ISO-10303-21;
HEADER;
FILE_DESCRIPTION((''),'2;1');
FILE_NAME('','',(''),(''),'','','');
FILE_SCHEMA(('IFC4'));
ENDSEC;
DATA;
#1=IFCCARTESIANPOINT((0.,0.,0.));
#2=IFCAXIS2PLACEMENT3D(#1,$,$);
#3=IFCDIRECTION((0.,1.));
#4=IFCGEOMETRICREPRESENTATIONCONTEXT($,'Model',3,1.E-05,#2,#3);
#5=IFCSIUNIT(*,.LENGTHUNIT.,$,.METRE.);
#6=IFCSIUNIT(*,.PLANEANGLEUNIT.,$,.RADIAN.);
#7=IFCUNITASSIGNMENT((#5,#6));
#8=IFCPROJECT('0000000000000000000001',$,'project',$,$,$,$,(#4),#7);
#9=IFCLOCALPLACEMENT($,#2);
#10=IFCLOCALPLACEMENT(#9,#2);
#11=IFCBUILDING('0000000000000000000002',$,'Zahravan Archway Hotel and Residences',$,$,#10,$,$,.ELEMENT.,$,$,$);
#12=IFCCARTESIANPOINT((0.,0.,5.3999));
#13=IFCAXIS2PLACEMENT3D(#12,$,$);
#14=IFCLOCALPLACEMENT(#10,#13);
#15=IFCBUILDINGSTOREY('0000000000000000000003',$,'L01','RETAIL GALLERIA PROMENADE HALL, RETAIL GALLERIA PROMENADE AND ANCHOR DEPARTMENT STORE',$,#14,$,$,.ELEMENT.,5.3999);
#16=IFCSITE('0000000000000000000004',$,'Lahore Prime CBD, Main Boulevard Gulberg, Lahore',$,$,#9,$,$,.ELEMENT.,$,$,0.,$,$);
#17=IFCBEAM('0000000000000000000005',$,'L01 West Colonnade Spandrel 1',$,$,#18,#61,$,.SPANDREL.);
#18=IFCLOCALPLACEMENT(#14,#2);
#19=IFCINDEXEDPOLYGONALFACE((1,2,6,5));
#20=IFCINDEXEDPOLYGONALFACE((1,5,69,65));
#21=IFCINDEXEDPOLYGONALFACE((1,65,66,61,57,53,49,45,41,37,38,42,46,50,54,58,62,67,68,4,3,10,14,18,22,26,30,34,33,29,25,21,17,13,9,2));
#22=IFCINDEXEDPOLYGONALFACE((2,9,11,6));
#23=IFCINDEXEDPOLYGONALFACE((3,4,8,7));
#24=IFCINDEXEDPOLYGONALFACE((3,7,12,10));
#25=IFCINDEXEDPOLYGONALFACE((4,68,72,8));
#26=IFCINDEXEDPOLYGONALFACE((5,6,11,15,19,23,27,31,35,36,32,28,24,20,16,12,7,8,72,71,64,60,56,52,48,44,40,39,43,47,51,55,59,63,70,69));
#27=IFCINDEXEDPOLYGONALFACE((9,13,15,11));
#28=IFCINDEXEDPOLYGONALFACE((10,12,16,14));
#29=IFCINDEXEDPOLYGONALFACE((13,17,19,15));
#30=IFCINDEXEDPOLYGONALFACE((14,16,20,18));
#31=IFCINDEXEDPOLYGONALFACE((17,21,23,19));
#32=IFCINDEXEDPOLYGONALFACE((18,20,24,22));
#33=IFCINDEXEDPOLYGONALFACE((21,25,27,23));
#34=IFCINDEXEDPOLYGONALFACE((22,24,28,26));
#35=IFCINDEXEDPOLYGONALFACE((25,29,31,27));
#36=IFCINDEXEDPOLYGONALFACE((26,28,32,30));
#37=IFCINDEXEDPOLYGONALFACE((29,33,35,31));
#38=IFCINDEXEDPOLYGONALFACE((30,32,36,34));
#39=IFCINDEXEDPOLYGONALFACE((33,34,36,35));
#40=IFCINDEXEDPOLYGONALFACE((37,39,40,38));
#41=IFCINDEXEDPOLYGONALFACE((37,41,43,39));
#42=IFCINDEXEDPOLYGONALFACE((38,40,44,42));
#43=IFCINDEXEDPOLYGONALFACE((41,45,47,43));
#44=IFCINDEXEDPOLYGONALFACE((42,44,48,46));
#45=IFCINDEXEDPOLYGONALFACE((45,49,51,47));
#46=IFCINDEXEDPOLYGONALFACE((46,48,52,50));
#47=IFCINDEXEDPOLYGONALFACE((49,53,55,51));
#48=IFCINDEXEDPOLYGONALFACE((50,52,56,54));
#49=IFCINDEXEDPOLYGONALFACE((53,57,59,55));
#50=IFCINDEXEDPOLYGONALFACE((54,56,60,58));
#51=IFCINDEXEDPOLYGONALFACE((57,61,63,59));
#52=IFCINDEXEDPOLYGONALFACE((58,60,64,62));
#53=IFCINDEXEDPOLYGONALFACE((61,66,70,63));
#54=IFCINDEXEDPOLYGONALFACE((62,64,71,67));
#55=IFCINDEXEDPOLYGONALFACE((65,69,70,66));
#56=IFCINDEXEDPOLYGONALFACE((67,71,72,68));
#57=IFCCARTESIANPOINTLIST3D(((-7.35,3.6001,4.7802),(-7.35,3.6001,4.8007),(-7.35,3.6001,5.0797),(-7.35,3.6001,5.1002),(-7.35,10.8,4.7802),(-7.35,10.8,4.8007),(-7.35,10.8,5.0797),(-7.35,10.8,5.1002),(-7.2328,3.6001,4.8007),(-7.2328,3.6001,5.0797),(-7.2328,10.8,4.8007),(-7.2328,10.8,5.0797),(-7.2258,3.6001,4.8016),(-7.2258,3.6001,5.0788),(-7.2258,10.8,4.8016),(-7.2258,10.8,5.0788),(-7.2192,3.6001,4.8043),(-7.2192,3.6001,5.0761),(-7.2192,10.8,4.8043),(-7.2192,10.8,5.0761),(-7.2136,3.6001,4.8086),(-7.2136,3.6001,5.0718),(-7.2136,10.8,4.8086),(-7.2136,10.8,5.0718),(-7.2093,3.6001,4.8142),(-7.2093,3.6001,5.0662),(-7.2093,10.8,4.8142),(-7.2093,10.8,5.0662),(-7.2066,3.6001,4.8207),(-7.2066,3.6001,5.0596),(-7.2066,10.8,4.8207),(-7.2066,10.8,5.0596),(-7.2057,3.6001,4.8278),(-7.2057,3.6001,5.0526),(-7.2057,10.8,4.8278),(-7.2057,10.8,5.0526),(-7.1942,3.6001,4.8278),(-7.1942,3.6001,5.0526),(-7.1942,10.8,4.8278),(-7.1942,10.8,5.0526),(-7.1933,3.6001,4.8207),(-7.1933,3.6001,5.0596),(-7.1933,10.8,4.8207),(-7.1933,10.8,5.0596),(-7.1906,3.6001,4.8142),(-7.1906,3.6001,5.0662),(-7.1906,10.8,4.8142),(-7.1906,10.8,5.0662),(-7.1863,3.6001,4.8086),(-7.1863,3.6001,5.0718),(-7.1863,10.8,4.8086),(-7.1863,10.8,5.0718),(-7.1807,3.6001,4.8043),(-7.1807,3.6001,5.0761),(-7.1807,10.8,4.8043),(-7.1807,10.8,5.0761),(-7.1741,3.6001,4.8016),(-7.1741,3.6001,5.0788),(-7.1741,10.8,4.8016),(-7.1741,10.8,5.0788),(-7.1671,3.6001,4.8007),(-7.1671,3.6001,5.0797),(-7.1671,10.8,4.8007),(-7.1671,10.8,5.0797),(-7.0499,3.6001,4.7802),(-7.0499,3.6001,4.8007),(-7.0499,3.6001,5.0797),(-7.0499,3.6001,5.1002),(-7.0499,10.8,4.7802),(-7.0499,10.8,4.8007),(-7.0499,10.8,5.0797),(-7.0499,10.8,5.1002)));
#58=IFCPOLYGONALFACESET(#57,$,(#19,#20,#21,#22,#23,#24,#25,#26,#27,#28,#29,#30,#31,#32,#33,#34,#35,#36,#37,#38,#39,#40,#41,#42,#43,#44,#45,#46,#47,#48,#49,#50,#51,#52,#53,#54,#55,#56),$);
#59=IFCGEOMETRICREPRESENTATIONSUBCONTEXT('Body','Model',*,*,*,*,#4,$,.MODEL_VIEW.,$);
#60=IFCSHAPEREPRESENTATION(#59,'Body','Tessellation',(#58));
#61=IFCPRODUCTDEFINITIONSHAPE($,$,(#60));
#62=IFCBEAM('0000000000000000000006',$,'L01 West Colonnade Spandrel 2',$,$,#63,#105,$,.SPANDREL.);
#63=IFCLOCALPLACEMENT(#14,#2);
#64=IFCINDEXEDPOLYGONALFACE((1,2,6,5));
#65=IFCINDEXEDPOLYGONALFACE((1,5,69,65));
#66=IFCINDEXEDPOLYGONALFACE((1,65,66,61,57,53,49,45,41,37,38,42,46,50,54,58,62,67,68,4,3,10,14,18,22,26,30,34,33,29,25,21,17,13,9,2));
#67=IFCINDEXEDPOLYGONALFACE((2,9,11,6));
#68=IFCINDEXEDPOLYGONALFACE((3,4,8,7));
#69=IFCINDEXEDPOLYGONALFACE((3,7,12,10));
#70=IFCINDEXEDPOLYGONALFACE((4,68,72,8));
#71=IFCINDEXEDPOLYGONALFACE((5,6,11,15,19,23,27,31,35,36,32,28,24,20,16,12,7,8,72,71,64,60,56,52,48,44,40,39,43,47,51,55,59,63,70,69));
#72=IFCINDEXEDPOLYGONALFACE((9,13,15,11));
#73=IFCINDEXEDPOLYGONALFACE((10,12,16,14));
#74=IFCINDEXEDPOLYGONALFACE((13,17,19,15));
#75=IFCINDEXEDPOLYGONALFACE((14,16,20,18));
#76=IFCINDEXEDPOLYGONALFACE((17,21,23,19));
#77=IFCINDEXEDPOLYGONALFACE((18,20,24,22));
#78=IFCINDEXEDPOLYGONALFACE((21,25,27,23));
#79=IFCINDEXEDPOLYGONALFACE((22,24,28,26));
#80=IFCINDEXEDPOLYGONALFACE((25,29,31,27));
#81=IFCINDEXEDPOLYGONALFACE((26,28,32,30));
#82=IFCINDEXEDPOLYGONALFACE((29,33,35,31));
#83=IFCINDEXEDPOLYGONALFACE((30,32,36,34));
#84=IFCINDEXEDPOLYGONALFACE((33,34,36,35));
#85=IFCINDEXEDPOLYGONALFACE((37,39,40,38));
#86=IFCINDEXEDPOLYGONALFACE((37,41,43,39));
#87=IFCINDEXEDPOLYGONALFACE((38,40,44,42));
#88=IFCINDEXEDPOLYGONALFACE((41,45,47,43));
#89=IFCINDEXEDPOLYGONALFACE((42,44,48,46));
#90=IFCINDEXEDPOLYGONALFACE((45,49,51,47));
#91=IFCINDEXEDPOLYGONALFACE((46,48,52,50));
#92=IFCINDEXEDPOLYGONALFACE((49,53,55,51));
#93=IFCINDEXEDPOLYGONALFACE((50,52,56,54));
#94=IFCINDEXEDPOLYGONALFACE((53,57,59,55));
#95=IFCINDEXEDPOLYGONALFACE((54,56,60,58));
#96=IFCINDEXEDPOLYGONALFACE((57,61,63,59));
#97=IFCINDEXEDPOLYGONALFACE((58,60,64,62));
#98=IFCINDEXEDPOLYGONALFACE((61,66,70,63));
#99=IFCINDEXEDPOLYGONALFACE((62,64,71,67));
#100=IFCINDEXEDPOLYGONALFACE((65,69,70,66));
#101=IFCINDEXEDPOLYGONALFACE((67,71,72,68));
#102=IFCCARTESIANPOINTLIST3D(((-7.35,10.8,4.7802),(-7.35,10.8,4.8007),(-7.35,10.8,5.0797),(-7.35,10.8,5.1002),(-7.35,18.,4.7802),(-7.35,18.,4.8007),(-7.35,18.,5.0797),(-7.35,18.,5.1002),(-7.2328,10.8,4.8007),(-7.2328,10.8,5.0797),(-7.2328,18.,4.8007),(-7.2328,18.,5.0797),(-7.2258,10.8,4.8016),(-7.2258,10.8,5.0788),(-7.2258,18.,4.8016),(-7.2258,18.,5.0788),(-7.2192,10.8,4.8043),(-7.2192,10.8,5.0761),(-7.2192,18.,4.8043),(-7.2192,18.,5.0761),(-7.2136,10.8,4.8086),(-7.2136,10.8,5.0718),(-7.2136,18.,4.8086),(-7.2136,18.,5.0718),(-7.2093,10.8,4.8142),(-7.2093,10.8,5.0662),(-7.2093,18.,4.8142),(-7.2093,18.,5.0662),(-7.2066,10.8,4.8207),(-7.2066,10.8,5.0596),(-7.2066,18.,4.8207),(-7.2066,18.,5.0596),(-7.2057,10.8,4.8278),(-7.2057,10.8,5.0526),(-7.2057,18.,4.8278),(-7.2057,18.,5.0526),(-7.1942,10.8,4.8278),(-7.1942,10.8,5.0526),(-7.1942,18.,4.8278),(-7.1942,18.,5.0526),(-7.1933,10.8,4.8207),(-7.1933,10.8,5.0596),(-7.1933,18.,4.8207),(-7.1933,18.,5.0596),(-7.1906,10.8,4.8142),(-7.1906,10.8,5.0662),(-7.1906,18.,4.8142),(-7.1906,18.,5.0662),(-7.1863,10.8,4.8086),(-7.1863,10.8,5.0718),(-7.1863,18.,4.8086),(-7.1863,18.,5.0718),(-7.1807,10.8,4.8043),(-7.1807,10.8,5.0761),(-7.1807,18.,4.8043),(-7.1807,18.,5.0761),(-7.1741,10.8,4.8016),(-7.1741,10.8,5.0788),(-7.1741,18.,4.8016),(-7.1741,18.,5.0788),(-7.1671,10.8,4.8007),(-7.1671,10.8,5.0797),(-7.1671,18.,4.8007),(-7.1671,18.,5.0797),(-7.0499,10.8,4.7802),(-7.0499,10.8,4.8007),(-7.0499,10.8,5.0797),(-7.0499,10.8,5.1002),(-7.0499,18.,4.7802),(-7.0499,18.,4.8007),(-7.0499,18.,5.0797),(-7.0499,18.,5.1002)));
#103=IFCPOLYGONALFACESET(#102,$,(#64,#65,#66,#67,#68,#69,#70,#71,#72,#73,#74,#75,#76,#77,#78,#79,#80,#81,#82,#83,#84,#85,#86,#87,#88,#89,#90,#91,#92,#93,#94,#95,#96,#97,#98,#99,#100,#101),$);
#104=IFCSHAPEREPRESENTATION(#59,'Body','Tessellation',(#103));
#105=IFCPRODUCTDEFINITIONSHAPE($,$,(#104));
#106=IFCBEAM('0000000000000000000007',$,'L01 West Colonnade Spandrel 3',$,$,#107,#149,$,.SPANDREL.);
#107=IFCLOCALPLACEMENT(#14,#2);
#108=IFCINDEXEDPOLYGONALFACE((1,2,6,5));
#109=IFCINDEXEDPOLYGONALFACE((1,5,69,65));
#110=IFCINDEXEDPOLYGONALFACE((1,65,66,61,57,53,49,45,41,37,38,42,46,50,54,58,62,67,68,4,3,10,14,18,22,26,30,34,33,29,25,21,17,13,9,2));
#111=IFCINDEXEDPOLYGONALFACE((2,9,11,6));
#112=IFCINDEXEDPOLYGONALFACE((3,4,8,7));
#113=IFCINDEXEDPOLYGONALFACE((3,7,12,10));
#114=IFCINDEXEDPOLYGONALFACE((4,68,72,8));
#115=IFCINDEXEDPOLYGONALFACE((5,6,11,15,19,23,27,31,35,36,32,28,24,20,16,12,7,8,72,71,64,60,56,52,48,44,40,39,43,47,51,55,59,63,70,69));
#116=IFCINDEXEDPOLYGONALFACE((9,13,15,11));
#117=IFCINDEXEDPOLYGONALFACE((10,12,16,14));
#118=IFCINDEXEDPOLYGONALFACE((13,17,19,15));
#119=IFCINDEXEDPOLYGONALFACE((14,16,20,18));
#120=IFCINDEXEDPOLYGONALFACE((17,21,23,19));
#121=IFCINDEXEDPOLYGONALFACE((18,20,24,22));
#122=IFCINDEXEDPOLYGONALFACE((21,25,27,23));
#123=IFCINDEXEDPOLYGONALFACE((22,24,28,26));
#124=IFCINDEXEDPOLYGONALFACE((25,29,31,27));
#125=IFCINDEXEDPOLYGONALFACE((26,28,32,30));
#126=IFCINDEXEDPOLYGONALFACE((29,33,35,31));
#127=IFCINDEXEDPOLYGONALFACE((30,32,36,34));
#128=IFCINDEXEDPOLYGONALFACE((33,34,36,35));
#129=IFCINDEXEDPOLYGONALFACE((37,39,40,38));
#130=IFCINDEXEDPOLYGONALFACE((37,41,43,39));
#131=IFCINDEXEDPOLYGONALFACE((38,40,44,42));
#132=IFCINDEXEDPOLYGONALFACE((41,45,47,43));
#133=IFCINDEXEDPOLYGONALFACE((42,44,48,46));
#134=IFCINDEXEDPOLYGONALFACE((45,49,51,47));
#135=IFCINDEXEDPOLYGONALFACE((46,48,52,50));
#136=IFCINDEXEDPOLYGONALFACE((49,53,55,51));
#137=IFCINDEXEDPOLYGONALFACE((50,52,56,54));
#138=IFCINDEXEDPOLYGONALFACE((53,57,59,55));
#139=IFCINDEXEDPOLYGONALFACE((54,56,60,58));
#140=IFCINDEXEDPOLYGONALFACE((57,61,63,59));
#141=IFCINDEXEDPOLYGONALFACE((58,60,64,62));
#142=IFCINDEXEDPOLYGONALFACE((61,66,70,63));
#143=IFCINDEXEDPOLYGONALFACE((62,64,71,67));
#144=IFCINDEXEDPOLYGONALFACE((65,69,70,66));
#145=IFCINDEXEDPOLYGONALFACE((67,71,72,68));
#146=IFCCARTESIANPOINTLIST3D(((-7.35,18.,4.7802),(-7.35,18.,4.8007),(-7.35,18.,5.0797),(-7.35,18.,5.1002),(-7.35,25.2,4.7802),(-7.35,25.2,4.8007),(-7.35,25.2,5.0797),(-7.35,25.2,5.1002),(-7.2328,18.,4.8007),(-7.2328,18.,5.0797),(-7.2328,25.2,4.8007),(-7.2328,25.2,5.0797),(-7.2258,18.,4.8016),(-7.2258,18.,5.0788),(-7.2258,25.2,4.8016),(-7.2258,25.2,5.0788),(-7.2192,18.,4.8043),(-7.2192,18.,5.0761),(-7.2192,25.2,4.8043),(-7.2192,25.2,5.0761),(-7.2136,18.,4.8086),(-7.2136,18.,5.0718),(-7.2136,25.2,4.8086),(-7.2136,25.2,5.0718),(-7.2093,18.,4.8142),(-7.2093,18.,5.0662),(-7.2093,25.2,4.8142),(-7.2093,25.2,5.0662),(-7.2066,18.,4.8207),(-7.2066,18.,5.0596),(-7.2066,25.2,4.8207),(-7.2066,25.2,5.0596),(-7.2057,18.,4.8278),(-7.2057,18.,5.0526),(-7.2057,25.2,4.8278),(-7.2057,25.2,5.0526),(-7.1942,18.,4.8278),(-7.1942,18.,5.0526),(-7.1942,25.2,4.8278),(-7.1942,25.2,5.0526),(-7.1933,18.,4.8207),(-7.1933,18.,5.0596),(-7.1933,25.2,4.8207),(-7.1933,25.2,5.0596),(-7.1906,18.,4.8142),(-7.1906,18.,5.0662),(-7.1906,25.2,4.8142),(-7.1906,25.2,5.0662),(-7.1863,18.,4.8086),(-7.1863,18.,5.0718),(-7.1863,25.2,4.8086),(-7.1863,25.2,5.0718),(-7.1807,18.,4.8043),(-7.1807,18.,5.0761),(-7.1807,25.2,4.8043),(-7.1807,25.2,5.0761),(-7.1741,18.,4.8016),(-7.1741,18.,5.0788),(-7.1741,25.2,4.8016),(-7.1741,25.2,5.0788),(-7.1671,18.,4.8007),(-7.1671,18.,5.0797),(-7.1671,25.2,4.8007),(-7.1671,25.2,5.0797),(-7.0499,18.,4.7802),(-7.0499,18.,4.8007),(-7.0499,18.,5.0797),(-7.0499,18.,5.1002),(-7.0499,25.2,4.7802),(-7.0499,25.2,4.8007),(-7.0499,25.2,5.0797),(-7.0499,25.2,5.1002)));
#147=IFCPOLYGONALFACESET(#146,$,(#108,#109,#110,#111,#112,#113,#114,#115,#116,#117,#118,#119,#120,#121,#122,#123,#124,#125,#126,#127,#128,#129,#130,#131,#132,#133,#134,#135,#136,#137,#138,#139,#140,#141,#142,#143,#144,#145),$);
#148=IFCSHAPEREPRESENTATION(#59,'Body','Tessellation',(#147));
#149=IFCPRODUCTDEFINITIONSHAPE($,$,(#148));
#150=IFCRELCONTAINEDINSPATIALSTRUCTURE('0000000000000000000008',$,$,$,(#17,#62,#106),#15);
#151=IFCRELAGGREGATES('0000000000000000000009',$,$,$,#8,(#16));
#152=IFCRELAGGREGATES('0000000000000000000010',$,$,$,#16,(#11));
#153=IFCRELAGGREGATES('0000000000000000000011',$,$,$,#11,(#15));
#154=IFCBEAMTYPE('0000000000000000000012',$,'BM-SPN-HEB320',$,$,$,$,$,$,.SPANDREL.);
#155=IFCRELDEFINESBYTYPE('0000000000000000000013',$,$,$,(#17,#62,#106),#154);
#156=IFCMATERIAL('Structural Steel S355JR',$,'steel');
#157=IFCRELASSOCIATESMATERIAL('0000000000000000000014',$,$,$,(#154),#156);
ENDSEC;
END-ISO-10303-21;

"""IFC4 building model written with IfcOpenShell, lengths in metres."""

from ifc_helpers import new_model, si_unit, direction, frame, origin, origin_2d, place, context, subcontext, project, spatial, i_section, extrude, source, transform, mapped, material, material_profile, profile_set, type_object, type_shapes, element, save


model = new_model("IFC4")

# Units and contexts
model_context = context("Model", 3, precision=1e-05, world=origin(), true_north=direction((0.0, 1.0)))
body_context = subcontext(model_context, "Body", "Model", "MODEL_VIEW")
ifc_project = project(units=[si_unit("LENGTHUNIT", "METRE"), si_unit("PLANEANGLEUNIT", "RADIAN")], contexts=[model_context])

# Site, building, storey
site_placement = place(None, origin())
site = spatial("IfcSite", under=ifc_project, at=site_placement, Name="Lahore Prime CBD, Main Boulevard Gulberg, Lahore", CompositionType="ELEMENT", RefElevation=0.0)
building_placement = place(site_placement, origin())
building = spatial("IfcBuilding", under=site, at=building_placement, Name="Zahravan Archway Hotel and Residences", CompositionType="ELEMENT")
storey_placement = place(building_placement, frame((0.0, 0.0, 5.3999)))
storey = spatial("IfcBuildingStorey", under=building, at=storey_placement, Name="L01", Description="RETAIL GALLERIA PROMENADE HALL, RETAIL GALLERIA PROMENADE AND ANCHOR DEPARTMENT STORE", CompositionType="ELEMENT", Elevation=5.3999)

# Beams
ifc_material_1 = material(Name="Structural Steel S355JR", Category="steel")
ifc_material_profile_1 = material_profile(ifc_material_1, i_section(OverallWidth=0.3, OverallDepth=0.3201, WebThickness=0.0115, FlangeThickness=0.0205, FilletRadius=0.0271, at=origin_2d()), Name="HEB 320", Category="steel")
ifc_profile_set_1 = profile_set([ifc_material_profile_1], Name="Structural Steel S355JR")
beam_type_1 = type_object("IfcBeamType", Name="BM-SPN-HEB320", PredefinedType="SPANDREL", material=ifc_profile_set_1)
shared_shape_1 = source(origin(), body_context, "Body", "SweptSolid", [
    extrude(i_section(OverallWidth=0.3, OverallDepth=0.3201, WebThickness=0.0115, FlangeThickness=0.0205, FilletRadius=0.0271, at=origin_2d()), origin(), (0.0, 0.0, 1.0), 7.2),
])
type_shapes(beam_type_1, [shared_shape_1])
for number, where, z_axis, x_axis, name in (
    (1, (-7.2, 3.6001, 4.9402), (0.0, 1.0, 0.0), (-1.0, 0.0, 0.0), "L01 West Colonnade Spandrel 1"),
    (2, (-7.2, 10.8, 4.9402), (0.0, 1.0, 0.0), (-1.0, 0.0, 0.0), "L01 West Colonnade Spandrel 2"),
    (3, (-7.2, 18.0, 4.9402), (0.0, 1.0, 0.0), (-1.0, 0.0, 0.0), "L01 West Colonnade Spandrel 3"),
):
    element("IfcBeam", number, at=place(storey_placement, frame(where, z_axis=z_axis, x_axis=x_axis)), inside=storey, type_object=beam_type_1, Name=name, PredefinedType="SPANDREL", context=body_context, shape_type="MappedRepresentation", body=[
        mapped(shared_shape_1, transform((0.0, 0.0, 0.0), scale=1.0)),
    ])

save(model, "model.ifc")
